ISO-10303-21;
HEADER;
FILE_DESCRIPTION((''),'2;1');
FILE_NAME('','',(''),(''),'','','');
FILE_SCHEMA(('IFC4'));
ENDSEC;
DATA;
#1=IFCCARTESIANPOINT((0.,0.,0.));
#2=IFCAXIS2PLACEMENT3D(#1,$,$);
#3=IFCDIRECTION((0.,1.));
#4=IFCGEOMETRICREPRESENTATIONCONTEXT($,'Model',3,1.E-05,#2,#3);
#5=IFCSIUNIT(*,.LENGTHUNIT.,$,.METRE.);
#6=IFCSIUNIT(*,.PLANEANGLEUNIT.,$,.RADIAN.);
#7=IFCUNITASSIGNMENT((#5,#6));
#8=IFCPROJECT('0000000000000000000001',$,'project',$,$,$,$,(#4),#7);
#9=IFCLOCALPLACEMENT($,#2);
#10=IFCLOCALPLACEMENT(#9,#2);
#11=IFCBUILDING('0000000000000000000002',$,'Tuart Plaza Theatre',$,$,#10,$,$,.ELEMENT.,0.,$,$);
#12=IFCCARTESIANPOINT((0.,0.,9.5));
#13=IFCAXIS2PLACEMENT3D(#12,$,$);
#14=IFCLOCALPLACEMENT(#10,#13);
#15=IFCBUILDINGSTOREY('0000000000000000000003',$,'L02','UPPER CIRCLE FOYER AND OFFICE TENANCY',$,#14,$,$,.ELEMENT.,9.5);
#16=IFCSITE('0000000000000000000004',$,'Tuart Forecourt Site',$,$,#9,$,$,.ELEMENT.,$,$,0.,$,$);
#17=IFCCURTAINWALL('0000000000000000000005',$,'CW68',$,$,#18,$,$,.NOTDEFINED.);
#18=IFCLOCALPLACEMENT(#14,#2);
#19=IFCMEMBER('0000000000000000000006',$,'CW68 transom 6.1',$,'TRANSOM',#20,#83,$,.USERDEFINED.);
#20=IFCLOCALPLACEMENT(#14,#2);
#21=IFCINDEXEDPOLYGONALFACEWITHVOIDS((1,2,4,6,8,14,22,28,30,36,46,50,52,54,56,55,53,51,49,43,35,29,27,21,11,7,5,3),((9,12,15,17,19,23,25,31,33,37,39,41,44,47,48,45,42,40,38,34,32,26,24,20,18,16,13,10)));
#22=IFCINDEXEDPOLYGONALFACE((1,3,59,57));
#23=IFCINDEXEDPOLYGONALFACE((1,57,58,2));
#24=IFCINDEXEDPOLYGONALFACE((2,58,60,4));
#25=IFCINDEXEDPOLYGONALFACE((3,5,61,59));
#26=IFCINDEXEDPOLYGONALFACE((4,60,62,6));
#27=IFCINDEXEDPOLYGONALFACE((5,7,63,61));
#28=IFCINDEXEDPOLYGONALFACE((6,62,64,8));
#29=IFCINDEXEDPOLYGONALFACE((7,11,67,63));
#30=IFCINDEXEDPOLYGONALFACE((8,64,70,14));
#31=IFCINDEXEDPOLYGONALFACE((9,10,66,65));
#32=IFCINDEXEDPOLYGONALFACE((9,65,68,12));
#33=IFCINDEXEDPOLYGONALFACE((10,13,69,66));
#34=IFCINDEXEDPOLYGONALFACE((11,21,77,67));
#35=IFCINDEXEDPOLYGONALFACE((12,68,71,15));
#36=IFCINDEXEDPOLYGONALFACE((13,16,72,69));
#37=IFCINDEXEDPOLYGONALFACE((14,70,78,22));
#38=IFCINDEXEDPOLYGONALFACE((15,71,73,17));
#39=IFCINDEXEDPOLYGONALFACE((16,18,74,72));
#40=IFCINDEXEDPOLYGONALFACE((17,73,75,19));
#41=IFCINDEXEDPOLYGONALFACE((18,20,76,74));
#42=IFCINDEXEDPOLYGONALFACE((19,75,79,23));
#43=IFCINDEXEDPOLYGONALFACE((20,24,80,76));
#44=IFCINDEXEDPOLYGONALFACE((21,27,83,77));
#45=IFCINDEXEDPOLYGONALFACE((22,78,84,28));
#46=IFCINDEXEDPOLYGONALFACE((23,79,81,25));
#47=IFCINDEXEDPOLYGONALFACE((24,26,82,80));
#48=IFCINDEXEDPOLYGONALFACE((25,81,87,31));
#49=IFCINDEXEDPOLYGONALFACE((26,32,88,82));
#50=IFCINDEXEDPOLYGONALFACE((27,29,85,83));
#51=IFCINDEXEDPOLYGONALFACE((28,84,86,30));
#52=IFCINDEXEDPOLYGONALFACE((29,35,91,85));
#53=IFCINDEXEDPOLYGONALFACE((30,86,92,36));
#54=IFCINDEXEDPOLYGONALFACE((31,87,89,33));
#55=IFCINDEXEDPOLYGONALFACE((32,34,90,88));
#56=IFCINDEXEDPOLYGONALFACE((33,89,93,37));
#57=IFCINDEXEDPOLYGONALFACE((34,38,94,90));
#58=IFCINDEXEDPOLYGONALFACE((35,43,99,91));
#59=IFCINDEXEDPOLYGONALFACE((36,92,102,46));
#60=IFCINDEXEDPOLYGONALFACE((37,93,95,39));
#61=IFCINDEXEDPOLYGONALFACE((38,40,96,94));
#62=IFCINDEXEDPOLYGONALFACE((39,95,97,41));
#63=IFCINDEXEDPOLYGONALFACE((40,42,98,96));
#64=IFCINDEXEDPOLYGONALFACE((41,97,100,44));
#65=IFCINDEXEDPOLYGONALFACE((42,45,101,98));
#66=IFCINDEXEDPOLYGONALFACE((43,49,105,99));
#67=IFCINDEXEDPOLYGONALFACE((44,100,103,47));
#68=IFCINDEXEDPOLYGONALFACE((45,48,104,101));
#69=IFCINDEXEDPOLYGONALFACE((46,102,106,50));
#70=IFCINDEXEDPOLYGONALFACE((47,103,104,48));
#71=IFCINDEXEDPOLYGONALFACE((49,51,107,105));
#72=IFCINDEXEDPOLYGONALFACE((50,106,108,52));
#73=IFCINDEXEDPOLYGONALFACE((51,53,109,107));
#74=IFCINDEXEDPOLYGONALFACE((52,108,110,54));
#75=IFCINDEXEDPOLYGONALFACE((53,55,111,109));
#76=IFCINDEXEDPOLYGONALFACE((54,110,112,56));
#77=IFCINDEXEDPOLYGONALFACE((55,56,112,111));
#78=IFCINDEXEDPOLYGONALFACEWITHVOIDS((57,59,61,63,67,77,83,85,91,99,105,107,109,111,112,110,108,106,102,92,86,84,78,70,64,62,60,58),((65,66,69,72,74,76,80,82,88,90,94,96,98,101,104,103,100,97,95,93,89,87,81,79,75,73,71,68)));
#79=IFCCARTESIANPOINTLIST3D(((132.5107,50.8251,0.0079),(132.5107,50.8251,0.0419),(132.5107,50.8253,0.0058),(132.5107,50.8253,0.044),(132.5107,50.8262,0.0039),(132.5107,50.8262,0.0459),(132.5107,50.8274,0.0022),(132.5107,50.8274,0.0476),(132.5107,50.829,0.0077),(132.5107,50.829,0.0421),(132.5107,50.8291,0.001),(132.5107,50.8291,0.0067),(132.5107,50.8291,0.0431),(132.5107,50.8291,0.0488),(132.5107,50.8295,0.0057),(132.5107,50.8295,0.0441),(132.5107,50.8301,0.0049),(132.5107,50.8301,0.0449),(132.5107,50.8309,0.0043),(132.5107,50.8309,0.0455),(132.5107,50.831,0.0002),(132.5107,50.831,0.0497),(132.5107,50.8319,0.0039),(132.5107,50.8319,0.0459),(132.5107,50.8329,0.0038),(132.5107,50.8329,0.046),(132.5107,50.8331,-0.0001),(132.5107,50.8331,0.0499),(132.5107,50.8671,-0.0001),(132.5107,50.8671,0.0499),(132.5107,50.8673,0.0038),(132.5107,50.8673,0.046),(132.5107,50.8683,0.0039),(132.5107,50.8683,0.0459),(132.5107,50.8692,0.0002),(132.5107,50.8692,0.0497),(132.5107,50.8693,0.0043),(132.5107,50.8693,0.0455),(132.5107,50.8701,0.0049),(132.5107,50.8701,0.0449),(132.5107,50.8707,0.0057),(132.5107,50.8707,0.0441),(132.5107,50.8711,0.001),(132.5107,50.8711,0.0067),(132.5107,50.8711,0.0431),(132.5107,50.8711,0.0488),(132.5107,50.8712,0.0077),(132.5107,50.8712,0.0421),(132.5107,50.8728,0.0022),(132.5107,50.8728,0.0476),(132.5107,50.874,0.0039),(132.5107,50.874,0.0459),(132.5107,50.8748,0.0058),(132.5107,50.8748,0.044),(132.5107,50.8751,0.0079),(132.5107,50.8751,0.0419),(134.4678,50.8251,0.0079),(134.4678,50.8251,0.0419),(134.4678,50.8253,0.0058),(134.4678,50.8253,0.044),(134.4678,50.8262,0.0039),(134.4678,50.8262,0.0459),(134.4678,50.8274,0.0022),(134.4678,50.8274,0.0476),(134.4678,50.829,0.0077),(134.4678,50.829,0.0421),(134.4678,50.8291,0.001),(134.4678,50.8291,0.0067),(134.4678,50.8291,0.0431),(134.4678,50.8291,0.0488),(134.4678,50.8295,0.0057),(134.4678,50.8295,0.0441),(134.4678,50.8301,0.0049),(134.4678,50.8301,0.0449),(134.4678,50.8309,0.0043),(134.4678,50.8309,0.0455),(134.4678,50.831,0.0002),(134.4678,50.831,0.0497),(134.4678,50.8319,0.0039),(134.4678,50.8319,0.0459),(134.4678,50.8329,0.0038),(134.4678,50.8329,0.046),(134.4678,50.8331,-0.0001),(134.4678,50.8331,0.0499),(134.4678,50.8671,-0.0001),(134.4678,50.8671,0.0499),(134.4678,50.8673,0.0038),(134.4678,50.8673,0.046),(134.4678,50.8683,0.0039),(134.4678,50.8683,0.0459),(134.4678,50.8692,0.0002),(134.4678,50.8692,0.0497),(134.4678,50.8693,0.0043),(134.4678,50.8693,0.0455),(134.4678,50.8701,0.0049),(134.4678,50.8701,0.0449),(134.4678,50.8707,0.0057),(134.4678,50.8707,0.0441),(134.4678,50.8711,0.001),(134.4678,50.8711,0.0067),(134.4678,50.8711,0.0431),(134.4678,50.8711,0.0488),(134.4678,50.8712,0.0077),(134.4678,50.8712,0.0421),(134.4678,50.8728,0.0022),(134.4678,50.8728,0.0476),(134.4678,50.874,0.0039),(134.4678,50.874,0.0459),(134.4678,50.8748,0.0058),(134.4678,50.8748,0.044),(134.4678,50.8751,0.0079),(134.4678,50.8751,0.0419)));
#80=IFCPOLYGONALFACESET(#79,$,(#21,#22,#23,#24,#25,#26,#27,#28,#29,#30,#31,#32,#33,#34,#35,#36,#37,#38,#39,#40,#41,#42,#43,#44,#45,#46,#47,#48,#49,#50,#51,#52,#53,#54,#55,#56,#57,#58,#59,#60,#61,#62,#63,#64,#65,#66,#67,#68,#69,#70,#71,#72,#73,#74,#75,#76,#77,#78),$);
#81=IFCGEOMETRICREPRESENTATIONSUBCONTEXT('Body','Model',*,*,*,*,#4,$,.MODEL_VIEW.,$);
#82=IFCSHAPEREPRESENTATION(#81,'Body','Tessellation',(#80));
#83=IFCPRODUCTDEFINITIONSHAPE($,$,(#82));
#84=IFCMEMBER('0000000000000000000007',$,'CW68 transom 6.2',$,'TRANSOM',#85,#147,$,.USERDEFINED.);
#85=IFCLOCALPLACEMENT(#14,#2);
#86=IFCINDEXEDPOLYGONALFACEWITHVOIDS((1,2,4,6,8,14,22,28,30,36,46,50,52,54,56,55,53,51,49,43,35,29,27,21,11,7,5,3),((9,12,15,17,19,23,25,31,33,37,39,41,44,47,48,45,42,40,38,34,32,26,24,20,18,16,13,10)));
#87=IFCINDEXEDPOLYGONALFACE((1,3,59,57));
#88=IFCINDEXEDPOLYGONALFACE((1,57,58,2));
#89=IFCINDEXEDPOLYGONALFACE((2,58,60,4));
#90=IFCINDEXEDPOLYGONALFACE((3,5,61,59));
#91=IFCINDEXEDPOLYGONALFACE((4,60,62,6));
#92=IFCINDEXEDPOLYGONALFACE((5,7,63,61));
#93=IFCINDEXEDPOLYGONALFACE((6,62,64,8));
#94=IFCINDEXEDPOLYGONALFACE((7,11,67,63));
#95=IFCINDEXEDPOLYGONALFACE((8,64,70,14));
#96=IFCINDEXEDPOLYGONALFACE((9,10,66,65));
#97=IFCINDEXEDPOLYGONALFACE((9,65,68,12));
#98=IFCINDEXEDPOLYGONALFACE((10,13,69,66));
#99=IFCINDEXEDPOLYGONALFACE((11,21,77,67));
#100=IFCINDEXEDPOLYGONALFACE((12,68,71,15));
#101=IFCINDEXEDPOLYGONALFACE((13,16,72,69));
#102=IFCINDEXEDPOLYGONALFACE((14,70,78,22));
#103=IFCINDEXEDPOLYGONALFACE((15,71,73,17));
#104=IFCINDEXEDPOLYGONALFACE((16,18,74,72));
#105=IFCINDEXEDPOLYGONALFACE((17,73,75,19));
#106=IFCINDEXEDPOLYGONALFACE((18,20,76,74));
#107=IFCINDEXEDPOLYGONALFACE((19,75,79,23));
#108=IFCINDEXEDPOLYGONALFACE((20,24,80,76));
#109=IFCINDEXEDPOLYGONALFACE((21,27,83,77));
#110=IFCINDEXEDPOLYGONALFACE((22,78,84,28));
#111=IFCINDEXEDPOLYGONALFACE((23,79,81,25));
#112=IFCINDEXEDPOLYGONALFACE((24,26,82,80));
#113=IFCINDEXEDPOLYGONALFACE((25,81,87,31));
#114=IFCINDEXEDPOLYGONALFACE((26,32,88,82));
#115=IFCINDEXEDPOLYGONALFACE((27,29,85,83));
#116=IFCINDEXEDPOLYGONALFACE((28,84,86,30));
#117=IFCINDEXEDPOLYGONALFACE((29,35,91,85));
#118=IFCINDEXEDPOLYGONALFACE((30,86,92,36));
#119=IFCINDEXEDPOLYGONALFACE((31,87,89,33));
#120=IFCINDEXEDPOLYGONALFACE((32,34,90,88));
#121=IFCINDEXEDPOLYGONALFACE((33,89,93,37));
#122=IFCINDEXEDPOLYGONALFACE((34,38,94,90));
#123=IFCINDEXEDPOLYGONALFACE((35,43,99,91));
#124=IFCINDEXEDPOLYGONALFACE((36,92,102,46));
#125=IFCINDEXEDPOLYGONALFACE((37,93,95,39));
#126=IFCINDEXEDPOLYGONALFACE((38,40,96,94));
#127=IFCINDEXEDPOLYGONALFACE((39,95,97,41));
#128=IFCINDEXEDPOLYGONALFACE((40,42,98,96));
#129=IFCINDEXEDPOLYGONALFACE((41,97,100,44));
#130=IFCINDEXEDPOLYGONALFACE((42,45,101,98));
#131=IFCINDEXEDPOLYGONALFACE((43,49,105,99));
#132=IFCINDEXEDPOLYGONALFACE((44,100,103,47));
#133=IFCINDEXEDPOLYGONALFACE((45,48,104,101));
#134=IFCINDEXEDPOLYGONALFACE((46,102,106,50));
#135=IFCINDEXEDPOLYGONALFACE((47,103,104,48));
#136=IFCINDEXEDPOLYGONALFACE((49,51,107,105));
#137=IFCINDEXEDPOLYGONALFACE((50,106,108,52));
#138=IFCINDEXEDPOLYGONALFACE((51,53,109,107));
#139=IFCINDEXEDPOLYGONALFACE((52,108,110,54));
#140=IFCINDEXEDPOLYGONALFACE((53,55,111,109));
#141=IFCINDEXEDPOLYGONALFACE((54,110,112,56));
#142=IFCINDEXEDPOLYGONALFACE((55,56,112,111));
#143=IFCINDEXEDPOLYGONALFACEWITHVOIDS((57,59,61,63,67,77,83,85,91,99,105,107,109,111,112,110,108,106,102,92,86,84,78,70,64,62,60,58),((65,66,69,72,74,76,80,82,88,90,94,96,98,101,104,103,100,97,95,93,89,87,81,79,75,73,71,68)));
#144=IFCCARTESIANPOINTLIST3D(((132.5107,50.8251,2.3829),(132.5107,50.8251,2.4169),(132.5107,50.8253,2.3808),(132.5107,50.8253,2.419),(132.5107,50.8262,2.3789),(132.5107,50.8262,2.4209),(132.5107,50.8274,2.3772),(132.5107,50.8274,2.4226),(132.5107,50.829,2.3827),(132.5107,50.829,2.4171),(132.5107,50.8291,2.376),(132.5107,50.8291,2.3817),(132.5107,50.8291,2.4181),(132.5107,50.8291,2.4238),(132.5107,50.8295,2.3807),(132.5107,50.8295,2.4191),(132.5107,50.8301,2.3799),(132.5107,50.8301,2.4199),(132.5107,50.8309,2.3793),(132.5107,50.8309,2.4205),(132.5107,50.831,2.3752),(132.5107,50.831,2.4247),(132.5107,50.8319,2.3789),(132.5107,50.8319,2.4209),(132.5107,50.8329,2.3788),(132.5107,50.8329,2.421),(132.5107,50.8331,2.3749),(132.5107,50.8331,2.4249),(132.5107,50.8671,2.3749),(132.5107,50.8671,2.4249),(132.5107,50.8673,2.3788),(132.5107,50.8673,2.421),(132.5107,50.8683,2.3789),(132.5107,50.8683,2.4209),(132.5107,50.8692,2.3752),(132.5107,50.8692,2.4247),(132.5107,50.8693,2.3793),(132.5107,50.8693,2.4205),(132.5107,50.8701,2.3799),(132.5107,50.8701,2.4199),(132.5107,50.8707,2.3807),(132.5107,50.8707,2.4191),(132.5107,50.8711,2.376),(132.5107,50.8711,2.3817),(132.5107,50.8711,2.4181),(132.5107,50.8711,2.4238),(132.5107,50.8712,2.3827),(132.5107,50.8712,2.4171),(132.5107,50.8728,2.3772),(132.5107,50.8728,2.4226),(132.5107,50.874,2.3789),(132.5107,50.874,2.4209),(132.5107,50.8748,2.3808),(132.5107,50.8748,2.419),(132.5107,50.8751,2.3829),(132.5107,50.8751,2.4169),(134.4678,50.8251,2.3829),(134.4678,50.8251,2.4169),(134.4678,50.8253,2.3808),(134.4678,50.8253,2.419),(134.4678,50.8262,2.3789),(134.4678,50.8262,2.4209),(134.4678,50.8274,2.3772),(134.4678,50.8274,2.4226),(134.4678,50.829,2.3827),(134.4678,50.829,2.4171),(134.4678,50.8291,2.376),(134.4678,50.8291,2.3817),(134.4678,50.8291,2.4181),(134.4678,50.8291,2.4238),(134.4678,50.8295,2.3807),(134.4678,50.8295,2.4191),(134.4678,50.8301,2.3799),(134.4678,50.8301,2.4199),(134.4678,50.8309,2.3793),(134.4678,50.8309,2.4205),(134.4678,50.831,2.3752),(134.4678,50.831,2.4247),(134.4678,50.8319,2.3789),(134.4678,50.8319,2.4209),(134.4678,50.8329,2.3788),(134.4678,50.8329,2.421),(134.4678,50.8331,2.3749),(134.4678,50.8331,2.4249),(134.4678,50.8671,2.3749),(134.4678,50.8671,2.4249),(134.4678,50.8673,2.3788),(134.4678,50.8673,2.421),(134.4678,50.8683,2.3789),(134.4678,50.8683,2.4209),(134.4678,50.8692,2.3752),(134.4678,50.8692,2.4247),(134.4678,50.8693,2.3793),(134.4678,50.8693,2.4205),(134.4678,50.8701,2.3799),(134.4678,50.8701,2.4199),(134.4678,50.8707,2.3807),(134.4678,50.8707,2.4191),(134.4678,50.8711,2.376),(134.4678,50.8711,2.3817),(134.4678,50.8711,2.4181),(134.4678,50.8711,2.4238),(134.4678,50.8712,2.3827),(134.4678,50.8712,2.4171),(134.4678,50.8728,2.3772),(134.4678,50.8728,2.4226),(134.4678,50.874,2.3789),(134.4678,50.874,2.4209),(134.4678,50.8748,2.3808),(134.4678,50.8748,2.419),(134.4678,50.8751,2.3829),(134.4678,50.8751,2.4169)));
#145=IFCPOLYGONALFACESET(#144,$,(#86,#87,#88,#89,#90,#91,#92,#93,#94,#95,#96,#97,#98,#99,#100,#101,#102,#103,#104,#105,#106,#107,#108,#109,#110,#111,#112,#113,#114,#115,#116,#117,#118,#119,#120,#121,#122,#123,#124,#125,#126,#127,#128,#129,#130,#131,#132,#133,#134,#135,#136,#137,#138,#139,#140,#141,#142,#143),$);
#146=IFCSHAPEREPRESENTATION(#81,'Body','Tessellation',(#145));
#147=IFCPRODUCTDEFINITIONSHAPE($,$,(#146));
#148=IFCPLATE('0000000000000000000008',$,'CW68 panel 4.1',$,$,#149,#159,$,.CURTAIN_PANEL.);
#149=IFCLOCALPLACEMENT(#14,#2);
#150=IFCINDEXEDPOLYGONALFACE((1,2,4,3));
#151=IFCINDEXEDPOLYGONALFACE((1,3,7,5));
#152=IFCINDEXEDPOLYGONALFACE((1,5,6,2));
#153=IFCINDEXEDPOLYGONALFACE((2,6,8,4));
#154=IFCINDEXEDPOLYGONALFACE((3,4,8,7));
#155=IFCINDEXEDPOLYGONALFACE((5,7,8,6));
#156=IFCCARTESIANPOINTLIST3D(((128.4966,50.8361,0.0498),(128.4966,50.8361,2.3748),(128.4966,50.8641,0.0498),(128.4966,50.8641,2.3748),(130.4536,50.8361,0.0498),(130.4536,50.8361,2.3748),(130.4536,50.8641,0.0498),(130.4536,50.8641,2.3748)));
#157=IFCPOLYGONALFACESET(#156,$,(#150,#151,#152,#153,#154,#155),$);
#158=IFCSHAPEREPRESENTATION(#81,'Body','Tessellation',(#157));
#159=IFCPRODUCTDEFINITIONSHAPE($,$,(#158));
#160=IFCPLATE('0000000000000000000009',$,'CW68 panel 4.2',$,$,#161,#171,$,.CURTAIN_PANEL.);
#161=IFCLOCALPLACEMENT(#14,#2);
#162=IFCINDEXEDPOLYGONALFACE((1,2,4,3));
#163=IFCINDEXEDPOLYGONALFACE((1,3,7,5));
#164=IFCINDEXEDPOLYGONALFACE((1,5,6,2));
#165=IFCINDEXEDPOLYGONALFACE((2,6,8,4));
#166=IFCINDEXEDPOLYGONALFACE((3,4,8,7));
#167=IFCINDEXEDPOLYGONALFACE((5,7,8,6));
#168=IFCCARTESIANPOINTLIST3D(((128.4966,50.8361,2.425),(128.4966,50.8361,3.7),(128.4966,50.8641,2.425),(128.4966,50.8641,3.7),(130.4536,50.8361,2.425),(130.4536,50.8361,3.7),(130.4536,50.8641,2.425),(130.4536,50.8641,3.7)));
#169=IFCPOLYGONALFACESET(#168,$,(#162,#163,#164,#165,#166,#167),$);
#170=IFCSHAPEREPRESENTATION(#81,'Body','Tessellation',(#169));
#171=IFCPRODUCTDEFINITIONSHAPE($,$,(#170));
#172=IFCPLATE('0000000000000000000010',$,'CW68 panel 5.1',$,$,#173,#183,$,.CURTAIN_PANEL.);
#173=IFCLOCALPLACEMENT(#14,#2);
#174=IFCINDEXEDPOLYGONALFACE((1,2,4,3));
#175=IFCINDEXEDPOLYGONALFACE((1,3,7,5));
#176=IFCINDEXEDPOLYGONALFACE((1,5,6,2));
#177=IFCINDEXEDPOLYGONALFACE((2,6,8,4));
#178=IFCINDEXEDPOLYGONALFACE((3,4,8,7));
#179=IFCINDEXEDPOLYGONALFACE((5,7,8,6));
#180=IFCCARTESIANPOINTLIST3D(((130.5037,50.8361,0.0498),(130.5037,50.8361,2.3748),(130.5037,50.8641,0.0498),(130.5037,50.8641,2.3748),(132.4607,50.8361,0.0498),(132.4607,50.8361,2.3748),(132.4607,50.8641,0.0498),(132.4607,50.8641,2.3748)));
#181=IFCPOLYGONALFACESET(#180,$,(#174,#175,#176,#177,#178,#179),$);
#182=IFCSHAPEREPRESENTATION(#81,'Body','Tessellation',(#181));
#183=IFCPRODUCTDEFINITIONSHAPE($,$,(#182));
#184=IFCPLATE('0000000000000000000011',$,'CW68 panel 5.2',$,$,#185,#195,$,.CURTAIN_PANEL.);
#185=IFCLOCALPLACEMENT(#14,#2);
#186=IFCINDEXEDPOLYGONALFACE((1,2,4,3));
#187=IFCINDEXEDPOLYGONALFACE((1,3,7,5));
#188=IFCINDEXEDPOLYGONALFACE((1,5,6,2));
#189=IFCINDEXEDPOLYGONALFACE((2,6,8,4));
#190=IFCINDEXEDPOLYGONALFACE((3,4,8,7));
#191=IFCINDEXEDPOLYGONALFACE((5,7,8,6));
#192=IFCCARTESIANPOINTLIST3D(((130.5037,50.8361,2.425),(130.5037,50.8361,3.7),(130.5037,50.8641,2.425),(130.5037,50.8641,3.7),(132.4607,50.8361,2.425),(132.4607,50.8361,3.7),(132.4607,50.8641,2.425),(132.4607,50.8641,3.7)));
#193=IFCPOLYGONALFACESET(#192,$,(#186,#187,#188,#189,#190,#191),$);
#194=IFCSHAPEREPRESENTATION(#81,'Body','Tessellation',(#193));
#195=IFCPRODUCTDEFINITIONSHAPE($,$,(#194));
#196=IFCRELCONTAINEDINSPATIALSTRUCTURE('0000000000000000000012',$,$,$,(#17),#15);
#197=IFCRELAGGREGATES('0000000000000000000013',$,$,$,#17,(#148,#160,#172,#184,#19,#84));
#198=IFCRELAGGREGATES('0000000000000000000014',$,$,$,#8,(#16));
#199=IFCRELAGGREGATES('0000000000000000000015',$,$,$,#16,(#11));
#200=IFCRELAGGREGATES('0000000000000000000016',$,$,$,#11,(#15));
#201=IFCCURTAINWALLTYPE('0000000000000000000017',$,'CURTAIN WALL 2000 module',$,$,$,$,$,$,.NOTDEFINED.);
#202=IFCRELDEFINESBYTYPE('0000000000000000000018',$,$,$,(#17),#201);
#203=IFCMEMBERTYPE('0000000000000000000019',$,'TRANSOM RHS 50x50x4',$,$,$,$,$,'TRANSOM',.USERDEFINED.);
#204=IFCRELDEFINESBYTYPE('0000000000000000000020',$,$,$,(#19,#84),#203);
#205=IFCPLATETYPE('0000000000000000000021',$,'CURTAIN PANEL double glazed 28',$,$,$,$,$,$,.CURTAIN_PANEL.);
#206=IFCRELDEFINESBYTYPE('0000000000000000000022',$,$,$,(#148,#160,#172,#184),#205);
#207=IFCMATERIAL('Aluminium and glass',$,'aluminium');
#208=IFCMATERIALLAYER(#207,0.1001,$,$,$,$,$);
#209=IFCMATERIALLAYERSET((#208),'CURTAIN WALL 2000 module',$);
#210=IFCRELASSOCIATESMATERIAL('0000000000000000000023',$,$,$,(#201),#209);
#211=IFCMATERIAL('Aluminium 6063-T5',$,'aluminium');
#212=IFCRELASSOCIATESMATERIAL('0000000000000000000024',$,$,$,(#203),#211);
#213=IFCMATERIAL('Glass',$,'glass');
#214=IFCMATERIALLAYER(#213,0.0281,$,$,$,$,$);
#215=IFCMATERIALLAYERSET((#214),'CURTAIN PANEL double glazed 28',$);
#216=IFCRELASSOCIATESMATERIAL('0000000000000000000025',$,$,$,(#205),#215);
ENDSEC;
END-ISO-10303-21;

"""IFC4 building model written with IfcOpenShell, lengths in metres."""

from ifc_helpers import new_model, si_unit, direction, frame, origin, origin_2d, place, context, subcontext, project, spatial, rectangle, hollow_rectangle, extrude, material, layer, layer_set, material_profile, profile_set, type_object, element, aggregate, save


model = new_model("IFC4")

# Units and contexts
model_context = context("Model", 3, precision=1e-05, world=origin(), true_north=direction((0.0, 1.0)))
body_context = subcontext(model_context, "Body", "Model", "MODEL_VIEW")
ifc_project = project(units=[si_unit("LENGTHUNIT", "METRE"), si_unit("PLANEANGLEUNIT", "RADIAN")], contexts=[model_context])

# Site, building, storey
site_placement = place(None, origin())
site = spatial("IfcSite", under=ifc_project, at=site_placement, Name="Tuart Forecourt Site", CompositionType="ELEMENT", RefElevation=0.0)
building_placement = place(site_placement, origin())
building = spatial("IfcBuilding", under=site, at=building_placement, Name="Tuart Plaza Theatre", CompositionType="ELEMENT", ElevationOfRefHeight=0.0)
storey_placement = place(building_placement, frame((0.0, 0.0, 9.5)))
storey = spatial("IfcBuildingStorey", under=building, at=storey_placement, Name="L02", Description="UPPER CIRCLE FOYER AND OFFICE TENANCY", CompositionType="ELEMENT", Elevation=9.5)

# Curtain wall, members, plates
ifc_material_1 = material(Name="Aluminium and glass", Category="aluminium")
ifc_layer_1 = layer(ifc_material_1, 0.1001)
ifc_layer_set_1 = layer_set([ifc_layer_1], Name="CURTAIN WALL 2000 module")
curtain_wall_type = type_object("IfcCurtainWallType", Name="CURTAIN WALL 2000 module", PredefinedType="NOTDEFINED", material=ifc_layer_set_1)
curtain_wall_placement = place(storey_placement, origin())
curtain_wall = element("IfcCurtainWall", 1, at=curtain_wall_placement, inside=storey, type_object=curtain_wall_type, Name="CW68", PredefinedType="NOTDEFINED")
ifc_material_2 = material(Name="Aluminium 6063-T5", Category="aluminium")
ifc_material_profile_1 = material_profile(ifc_material_2, hollow_rectangle(XDim=0.05, YDim=0.05, WallThickness=0.0039, InnerFilletRadius=0.0039, OuterFilletRadius=0.0081, at=origin_2d()), Name="RHS 50x50x4")
ifc_profile_set_1 = profile_set([ifc_material_profile_1], Name="Aluminium 6063-T5")
member_type_1 = type_object("IfcMemberType", Name="TRANSOM RHS 50x50x4", ElementType="TRANSOM", PredefinedType="USERDEFINED", material=ifc_profile_set_1)
member_1_placement = place(storey_placement, frame((132.5107, 50.8501, 0.0249), z_axis=(1.0, 0.0, 0.0), x_axis=(0.0, 1.0, 0.0)))
member_1 = element("IfcMember", 2, at=member_1_placement, type_object=member_type_1, Name="CW68 transom 6.1", ObjectType="TRANSOM", PredefinedType="USERDEFINED", context=body_context, shape_type="SweptSolid", body=[
    extrude(hollow_rectangle(XDim=0.05, YDim=0.05, WallThickness=0.0039, InnerFilletRadius=0.0039, OuterFilletRadius=0.0081, at=origin_2d()), origin(), (0.0, 0.0, 1.0), 1.957),
])
member_2_placement = place(storey_placement, frame((132.5107, 50.8501, 2.3999), z_axis=(1.0, 0.0, 0.0), x_axis=(0.0, 1.0, 0.0)))
member_2 = element("IfcMember", 3, at=member_2_placement, type_object=member_type_1, Name="CW68 transom 6.2", ObjectType="TRANSOM", PredefinedType="USERDEFINED", context=body_context, shape_type="SweptSolid", body=[
    extrude(hollow_rectangle(XDim=0.05, YDim=0.05, WallThickness=0.0039, InnerFilletRadius=0.0039, OuterFilletRadius=0.0081, at=origin_2d()), origin(), (0.0, 0.0, 1.0), 1.957),
])
ifc_material_3 = material(Name="Glass", Category="glass")
ifc_layer_2 = layer(ifc_material_3, 0.0281)
ifc_layer_set_2 = layer_set([ifc_layer_2], Name="CURTAIN PANEL double glazed 28")
plate_type_1 = type_object("IfcPlateType", Name="CURTAIN PANEL double glazed 28", PredefinedType="CURTAIN_PANEL", material=ifc_layer_set_2)
plate_1_placement = place(storey_placement, frame((129.4751, 50.8501, 0.0498), z_axis=(0.0, 0.0, 1.0), x_axis=(1.0, 0.0, 0.0)))
plate_1 = element("IfcPlate", 4, at=plate_1_placement, type_object=plate_type_1, Name="CW68 panel 4.1", PredefinedType="CURTAIN_PANEL", context=body_context, shape_type="SweptSolid", body=[
    extrude(rectangle(XDim=1.957, YDim=0.0281, at=origin_2d()), origin(), (0.0, 0.0, 1.0), 2.325),
])
plate_2_placement = place(storey_placement, frame((129.4751, 50.8501, 2.425), z_axis=(0.0, 0.0, 1.0), x_axis=(1.0, 0.0, 0.0)))
plate_2 = element("IfcPlate", 5, at=plate_2_placement, type_object=plate_type_1, Name="CW68 panel 4.2", PredefinedType="CURTAIN_PANEL", context=body_context, shape_type="SweptSolid", body=[
    extrude(rectangle(XDim=1.957, YDim=0.0281, at=origin_2d()), origin(), (0.0, 0.0, 1.0), 1.2749),
])
plate_3_placement = place(storey_placement, frame((131.4822, 50.8501, 0.0498), z_axis=(0.0, 0.0, 1.0), x_axis=(1.0, 0.0, 0.0)))
plate_3 = element("IfcPlate", 6, at=plate_3_placement, type_object=plate_type_1, Name="CW68 panel 5.1", PredefinedType="CURTAIN_PANEL", context=body_context, shape_type="SweptSolid", body=[
    extrude(rectangle(XDim=1.957, YDim=0.0281, at=origin_2d()), origin(), (0.0, 0.0, 1.0), 2.325),
])
plate_4_placement = place(storey_placement, frame((131.4822, 50.8501, 2.425), z_axis=(0.0, 0.0, 1.0), x_axis=(1.0, 0.0, 0.0)))
plate_4 = element("IfcPlate", 7, at=plate_4_placement, type_object=plate_type_1, Name="CW68 panel 5.2", PredefinedType="CURTAIN_PANEL", context=body_context, shape_type="SweptSolid", body=[
    extrude(rectangle(XDim=1.957, YDim=0.0281, at=origin_2d()), origin(), (0.0, 0.0, 1.0), 1.2749),
])
aggregate(curtain_wall, [plate_1, plate_2, plate_3, plate_4, member_1, member_2])

save(model, "model.ifc")
